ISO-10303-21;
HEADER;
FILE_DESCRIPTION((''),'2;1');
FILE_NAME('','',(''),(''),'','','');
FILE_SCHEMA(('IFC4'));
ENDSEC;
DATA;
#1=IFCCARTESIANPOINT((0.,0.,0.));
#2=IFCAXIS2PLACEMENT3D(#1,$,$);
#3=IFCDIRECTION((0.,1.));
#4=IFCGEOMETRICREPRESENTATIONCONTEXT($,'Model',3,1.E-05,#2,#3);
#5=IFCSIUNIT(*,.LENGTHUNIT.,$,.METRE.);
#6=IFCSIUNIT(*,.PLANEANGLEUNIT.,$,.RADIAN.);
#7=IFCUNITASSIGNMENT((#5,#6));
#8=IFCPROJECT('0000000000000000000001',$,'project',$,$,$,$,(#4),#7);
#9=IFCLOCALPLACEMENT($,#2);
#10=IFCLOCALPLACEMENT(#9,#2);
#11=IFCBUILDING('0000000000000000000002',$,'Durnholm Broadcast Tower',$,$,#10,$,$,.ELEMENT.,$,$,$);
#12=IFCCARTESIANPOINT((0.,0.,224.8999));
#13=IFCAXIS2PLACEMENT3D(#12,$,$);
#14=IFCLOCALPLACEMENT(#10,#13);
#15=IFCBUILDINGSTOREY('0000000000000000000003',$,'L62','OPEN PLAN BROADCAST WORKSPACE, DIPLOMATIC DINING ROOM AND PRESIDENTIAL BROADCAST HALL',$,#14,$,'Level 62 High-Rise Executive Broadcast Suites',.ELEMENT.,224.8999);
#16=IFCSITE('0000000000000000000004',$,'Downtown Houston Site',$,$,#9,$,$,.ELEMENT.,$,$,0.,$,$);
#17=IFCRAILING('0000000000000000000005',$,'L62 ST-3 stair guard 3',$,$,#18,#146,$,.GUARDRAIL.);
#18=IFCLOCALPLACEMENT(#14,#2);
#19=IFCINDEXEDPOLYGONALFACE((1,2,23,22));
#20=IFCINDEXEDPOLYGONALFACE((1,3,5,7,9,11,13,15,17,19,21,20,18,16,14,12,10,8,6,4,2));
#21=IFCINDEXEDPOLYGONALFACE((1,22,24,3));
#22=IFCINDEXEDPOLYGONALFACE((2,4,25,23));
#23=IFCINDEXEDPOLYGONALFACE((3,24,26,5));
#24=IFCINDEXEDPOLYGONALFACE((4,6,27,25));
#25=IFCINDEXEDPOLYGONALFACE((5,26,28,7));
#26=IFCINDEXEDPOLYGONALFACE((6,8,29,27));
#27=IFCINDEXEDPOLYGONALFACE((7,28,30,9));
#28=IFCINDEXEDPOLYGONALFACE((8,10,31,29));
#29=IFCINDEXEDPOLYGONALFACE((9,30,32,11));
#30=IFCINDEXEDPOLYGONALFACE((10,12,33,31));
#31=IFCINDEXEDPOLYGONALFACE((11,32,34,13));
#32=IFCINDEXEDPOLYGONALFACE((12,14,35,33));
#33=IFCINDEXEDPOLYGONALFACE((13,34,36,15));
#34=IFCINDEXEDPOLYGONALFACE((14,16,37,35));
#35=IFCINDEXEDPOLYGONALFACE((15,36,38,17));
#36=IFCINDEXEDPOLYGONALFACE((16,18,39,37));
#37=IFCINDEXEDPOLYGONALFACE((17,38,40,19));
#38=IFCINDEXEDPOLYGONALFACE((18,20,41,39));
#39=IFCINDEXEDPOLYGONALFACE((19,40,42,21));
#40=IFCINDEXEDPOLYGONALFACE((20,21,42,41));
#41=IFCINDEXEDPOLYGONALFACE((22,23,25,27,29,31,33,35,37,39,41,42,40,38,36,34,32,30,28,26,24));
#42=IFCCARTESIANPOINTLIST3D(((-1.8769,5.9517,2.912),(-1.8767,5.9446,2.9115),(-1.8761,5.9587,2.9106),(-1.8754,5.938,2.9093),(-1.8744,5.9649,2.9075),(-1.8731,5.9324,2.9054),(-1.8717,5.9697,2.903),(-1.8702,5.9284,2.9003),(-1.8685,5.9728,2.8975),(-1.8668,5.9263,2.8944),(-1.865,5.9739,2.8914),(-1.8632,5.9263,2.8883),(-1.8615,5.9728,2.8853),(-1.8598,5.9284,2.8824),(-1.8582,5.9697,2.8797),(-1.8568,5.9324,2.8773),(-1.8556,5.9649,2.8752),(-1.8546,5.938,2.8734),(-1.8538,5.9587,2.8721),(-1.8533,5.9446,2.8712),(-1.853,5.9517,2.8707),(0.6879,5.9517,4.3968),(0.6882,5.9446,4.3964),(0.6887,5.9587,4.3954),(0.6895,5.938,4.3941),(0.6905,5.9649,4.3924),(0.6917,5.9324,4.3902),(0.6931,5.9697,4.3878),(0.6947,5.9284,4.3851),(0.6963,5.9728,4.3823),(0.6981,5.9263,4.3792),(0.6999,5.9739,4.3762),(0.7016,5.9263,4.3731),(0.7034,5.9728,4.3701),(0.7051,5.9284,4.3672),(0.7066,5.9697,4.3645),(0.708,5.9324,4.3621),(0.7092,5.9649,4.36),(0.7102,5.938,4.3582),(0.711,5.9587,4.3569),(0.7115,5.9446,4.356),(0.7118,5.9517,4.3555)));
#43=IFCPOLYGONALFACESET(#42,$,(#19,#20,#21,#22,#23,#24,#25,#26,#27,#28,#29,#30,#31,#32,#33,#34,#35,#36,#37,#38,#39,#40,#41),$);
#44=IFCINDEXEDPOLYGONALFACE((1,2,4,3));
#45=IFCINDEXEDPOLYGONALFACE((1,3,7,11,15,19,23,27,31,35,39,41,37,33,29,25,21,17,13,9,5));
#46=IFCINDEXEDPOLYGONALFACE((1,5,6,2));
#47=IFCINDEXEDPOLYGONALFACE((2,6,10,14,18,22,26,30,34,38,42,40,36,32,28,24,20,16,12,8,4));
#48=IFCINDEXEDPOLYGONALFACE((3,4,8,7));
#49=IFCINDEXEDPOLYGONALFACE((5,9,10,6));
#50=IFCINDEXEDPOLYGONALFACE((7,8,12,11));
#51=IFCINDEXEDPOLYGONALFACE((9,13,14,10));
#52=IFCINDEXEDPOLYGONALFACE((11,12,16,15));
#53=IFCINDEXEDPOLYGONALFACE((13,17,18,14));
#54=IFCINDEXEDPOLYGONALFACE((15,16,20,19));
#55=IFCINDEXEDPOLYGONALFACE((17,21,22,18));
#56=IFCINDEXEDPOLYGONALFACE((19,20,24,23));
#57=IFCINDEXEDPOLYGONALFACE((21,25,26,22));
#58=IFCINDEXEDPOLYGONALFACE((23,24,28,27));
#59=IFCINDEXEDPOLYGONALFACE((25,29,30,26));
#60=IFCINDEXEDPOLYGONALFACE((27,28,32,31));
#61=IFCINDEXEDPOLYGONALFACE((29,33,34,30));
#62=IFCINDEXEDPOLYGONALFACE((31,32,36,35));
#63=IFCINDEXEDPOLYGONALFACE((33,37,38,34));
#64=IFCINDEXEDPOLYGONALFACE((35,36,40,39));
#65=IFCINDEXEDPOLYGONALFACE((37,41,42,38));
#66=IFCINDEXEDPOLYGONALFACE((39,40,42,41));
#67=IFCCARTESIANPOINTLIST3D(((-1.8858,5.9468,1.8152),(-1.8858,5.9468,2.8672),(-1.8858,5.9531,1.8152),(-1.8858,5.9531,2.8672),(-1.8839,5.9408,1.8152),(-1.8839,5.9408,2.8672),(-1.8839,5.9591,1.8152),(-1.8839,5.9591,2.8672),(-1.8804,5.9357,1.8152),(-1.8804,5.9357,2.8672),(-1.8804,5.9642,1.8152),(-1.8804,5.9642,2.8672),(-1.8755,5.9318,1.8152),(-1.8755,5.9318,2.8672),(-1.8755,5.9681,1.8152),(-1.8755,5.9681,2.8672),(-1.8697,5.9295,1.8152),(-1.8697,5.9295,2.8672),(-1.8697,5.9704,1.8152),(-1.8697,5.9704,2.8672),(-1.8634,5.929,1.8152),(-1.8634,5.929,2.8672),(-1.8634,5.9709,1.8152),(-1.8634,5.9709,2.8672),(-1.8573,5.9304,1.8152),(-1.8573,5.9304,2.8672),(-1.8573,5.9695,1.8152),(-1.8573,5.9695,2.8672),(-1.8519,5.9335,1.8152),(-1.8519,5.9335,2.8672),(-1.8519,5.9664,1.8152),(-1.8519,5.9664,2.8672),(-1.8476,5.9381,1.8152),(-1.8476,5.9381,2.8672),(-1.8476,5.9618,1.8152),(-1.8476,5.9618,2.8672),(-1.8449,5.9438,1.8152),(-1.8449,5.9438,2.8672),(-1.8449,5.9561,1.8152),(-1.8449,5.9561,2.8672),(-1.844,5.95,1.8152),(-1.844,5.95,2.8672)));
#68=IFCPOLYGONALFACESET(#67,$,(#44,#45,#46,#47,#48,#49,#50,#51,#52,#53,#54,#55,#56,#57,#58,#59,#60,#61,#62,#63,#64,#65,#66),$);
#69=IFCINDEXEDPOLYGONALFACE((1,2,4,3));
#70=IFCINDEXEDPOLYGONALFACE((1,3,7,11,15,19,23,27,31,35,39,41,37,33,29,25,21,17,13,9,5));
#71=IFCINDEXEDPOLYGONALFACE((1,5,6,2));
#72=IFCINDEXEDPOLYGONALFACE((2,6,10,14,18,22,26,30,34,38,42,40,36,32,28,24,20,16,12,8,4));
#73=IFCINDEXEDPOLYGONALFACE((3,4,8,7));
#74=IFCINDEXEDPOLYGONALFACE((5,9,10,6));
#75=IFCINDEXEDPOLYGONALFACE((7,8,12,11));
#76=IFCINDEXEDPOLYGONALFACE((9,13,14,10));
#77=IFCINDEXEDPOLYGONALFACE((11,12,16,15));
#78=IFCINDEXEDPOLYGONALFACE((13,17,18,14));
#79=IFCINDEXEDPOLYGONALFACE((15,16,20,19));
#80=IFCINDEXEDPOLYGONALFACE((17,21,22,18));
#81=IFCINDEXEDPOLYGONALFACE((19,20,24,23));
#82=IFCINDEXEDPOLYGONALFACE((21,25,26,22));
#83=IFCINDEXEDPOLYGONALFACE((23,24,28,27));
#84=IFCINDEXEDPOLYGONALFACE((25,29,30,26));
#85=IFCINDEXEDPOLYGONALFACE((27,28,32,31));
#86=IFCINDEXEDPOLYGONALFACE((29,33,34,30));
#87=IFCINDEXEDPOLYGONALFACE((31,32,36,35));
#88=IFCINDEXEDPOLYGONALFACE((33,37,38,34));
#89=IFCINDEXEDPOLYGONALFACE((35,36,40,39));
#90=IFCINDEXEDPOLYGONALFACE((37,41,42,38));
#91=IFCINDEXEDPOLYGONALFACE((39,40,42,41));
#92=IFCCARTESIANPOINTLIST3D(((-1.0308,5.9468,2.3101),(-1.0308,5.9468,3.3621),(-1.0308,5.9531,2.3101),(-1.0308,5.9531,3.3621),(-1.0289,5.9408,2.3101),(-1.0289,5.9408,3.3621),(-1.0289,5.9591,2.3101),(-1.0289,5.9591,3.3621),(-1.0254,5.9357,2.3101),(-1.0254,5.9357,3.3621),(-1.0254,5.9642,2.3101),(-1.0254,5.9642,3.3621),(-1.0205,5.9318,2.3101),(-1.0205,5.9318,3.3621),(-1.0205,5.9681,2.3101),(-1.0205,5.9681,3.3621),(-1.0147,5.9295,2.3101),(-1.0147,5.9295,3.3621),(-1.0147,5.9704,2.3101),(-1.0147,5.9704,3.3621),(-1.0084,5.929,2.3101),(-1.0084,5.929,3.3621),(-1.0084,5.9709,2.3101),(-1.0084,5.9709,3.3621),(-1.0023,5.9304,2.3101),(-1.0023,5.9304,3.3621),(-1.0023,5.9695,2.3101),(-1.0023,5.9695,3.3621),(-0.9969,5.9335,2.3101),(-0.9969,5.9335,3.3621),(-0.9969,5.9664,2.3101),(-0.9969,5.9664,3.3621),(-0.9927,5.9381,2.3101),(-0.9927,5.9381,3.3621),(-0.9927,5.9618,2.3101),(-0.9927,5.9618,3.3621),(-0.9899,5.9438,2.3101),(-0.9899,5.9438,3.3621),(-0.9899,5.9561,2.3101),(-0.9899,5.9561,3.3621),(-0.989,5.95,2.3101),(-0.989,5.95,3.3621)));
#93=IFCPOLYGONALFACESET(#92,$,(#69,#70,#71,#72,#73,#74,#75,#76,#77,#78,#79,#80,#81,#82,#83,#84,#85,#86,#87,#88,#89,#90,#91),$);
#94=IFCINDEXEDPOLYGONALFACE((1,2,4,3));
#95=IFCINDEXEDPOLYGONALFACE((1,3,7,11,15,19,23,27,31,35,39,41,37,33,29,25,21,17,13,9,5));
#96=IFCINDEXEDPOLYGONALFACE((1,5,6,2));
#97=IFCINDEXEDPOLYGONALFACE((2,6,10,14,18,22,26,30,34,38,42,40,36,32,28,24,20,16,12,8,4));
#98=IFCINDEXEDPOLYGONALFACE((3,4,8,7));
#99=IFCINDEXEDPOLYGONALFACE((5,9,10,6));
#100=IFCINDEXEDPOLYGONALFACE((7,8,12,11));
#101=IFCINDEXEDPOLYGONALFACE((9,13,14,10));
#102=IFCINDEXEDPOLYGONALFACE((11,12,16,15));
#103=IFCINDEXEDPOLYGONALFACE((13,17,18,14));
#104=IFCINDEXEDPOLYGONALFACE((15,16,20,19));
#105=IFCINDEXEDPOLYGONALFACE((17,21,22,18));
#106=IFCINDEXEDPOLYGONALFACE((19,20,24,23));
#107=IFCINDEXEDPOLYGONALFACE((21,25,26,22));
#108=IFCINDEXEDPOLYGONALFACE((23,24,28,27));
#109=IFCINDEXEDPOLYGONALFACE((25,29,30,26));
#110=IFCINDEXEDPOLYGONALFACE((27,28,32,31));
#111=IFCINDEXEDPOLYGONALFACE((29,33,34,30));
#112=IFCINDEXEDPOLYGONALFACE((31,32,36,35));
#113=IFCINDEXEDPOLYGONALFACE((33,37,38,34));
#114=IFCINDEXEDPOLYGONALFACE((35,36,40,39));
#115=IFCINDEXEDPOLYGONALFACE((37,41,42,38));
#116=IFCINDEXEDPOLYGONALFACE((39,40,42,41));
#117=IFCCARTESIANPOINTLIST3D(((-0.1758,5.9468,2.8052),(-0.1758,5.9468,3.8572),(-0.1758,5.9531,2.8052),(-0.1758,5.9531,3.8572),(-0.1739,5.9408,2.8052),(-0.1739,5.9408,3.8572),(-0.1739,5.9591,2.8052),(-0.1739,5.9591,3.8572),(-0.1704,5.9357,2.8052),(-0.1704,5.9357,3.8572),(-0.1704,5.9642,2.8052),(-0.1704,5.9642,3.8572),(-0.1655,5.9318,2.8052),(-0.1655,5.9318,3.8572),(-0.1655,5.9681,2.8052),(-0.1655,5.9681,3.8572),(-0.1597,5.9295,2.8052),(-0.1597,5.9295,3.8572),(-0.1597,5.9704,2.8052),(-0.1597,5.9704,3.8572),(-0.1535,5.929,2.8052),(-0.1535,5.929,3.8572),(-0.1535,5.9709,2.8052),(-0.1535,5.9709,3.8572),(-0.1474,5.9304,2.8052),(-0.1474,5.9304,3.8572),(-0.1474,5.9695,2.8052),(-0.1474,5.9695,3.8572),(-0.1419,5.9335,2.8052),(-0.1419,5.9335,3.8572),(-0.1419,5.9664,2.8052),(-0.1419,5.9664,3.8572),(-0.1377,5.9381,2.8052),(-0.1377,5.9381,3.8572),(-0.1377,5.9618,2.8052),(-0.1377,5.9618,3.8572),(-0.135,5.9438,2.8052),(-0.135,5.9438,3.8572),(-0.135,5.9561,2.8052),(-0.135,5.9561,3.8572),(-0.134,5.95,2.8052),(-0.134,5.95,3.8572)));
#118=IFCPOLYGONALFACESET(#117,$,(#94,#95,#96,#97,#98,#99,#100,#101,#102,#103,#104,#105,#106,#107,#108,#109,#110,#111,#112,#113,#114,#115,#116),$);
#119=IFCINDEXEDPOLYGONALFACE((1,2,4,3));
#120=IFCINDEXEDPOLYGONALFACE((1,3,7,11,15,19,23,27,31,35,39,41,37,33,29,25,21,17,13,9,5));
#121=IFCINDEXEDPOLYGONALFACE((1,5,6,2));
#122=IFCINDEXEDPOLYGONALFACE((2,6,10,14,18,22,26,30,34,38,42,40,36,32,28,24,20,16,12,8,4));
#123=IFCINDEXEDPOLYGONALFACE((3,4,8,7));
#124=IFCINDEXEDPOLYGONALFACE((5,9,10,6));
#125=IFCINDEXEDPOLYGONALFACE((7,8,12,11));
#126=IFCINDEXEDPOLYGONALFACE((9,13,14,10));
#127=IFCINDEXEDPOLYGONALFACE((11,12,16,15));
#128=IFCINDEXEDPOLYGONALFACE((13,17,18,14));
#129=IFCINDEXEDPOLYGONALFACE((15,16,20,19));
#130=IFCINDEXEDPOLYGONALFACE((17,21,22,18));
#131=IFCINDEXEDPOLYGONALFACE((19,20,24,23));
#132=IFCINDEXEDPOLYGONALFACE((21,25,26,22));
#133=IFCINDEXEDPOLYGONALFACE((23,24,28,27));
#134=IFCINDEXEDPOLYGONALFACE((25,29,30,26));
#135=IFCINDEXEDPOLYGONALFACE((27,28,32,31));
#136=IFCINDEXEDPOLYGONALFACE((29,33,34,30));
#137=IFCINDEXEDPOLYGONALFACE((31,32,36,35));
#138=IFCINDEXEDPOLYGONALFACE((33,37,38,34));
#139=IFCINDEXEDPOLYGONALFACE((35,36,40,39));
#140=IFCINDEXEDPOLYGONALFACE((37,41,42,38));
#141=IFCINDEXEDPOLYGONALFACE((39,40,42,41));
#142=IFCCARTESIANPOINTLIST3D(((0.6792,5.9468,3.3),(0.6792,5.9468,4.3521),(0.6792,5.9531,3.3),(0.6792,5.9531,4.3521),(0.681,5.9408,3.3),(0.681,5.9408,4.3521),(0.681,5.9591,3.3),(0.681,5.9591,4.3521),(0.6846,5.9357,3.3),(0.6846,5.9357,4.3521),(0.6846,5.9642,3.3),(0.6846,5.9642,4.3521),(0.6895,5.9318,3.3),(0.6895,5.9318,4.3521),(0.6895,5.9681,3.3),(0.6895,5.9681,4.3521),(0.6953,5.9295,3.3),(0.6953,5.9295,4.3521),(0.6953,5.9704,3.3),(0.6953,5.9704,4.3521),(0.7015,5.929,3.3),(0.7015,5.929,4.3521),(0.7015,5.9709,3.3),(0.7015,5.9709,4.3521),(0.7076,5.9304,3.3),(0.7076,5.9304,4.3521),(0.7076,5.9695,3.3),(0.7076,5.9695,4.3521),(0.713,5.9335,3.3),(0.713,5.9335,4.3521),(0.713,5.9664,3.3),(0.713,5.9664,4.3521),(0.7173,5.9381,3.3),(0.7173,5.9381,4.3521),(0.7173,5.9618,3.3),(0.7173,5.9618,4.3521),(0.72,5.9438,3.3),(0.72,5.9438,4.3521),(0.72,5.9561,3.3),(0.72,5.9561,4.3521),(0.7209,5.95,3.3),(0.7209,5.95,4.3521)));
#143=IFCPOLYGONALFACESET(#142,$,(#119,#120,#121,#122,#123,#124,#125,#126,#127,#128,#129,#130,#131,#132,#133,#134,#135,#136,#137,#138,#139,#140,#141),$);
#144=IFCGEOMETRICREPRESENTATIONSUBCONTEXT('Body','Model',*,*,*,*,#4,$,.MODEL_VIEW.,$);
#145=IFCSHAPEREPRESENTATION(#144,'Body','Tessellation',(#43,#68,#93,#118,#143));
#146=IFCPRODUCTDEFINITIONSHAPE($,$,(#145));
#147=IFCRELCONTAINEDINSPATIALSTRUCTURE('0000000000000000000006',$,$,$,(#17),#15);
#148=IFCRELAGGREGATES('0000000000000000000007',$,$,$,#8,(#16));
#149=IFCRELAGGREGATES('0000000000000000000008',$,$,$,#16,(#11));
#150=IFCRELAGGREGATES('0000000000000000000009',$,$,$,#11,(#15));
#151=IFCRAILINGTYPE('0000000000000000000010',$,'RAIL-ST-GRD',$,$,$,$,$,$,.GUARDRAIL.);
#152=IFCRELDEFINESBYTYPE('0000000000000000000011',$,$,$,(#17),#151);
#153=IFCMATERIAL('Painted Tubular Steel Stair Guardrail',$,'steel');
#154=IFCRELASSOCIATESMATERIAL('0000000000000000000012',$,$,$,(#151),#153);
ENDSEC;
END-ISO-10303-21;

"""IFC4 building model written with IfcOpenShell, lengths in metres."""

from ifc_helpers import new_model, si_unit, direction, frame, origin, origin_2d, place, context, subcontext, project, spatial, circle, extrude, material, type_object, element, save


model = new_model("IFC4")

# Units and contexts
model_context = context("Model", 3, precision=1e-05, world=origin(), true_north=direction((0.0, 1.0)))
body_context = subcontext(model_context, "Body", "Model", "MODEL_VIEW")
ifc_project = project(units=[si_unit("LENGTHUNIT", "METRE"), si_unit("PLANEANGLEUNIT", "RADIAN")], contexts=[model_context])

# Site, building, storey
site_placement = place(None, origin())
site = spatial("IfcSite", under=ifc_project, at=site_placement, Name="Downtown Houston Site", CompositionType="ELEMENT", RefElevation=0.0)
building_placement = place(site_placement, origin())
building = spatial("IfcBuilding", under=site, at=building_placement, Name="Durnholm Broadcast Tower", CompositionType="ELEMENT")
storey_placement = place(building_placement, frame((0.0, 0.0, 224.8999)))
storey = spatial("IfcBuildingStorey", under=building, at=storey_placement, Name="L62", Description="OPEN PLAN BROADCAST WORKSPACE, DIPLOMATIC DINING ROOM AND PRESIDENTIAL BROADCAST HALL", LongName="Level 62 High-Rise Executive Broadcast Suites", CompositionType="ELEMENT", Elevation=224.8999)

# Railing
ifc_material_1 = material(Name="Painted Tubular Steel Stair Guardrail", Category="steel")
railing_type_1 = type_object("IfcRailingType", Name="RAIL-ST-GRD", PredefinedType="GUARDRAIL", material=ifc_material_1)
railing_1_placement = place(storey_placement, frame((-1.865, 5.95, 1.8152)))
element("IfcRailing", 1, at=railing_1_placement, inside=storey, type_object=railing_type_1, Name="L62 ST-3 stair guard 3", PredefinedType="GUARDRAIL", context=body_context, shape_type="SweptSolid", body=[
    extrude(circle(Radius=0.0239, at=origin_2d()), frame((0.0, 0.0, 1.0762), z_axis=(0.865441, 0.0, 0.50101), x_axis=(0.0, 1.0, 0.0)), (0.0, 0.0, 1.0), 2.9636),
    extrude(circle(Radius=0.021, at=origin_2d()), origin(), (0.0, 0.0, 1.0), 1.052),
    extrude(circle(Radius=0.021, at=origin_2d()), frame((0.855, 0.0, 0.4949)), (0.0, 0.0, 1.0), 1.052),
    extrude(circle(Radius=0.021, at=origin_2d()), frame((1.71, 0.0, 0.99)), (0.0, 0.0, 1.0), 1.052),
    extrude(circle(Radius=0.021, at=origin_2d()), frame((2.5649, 0.0, 1.4849)), (0.0, 0.0, 1.0), 1.052),
])

save(model, "model.ifc")
